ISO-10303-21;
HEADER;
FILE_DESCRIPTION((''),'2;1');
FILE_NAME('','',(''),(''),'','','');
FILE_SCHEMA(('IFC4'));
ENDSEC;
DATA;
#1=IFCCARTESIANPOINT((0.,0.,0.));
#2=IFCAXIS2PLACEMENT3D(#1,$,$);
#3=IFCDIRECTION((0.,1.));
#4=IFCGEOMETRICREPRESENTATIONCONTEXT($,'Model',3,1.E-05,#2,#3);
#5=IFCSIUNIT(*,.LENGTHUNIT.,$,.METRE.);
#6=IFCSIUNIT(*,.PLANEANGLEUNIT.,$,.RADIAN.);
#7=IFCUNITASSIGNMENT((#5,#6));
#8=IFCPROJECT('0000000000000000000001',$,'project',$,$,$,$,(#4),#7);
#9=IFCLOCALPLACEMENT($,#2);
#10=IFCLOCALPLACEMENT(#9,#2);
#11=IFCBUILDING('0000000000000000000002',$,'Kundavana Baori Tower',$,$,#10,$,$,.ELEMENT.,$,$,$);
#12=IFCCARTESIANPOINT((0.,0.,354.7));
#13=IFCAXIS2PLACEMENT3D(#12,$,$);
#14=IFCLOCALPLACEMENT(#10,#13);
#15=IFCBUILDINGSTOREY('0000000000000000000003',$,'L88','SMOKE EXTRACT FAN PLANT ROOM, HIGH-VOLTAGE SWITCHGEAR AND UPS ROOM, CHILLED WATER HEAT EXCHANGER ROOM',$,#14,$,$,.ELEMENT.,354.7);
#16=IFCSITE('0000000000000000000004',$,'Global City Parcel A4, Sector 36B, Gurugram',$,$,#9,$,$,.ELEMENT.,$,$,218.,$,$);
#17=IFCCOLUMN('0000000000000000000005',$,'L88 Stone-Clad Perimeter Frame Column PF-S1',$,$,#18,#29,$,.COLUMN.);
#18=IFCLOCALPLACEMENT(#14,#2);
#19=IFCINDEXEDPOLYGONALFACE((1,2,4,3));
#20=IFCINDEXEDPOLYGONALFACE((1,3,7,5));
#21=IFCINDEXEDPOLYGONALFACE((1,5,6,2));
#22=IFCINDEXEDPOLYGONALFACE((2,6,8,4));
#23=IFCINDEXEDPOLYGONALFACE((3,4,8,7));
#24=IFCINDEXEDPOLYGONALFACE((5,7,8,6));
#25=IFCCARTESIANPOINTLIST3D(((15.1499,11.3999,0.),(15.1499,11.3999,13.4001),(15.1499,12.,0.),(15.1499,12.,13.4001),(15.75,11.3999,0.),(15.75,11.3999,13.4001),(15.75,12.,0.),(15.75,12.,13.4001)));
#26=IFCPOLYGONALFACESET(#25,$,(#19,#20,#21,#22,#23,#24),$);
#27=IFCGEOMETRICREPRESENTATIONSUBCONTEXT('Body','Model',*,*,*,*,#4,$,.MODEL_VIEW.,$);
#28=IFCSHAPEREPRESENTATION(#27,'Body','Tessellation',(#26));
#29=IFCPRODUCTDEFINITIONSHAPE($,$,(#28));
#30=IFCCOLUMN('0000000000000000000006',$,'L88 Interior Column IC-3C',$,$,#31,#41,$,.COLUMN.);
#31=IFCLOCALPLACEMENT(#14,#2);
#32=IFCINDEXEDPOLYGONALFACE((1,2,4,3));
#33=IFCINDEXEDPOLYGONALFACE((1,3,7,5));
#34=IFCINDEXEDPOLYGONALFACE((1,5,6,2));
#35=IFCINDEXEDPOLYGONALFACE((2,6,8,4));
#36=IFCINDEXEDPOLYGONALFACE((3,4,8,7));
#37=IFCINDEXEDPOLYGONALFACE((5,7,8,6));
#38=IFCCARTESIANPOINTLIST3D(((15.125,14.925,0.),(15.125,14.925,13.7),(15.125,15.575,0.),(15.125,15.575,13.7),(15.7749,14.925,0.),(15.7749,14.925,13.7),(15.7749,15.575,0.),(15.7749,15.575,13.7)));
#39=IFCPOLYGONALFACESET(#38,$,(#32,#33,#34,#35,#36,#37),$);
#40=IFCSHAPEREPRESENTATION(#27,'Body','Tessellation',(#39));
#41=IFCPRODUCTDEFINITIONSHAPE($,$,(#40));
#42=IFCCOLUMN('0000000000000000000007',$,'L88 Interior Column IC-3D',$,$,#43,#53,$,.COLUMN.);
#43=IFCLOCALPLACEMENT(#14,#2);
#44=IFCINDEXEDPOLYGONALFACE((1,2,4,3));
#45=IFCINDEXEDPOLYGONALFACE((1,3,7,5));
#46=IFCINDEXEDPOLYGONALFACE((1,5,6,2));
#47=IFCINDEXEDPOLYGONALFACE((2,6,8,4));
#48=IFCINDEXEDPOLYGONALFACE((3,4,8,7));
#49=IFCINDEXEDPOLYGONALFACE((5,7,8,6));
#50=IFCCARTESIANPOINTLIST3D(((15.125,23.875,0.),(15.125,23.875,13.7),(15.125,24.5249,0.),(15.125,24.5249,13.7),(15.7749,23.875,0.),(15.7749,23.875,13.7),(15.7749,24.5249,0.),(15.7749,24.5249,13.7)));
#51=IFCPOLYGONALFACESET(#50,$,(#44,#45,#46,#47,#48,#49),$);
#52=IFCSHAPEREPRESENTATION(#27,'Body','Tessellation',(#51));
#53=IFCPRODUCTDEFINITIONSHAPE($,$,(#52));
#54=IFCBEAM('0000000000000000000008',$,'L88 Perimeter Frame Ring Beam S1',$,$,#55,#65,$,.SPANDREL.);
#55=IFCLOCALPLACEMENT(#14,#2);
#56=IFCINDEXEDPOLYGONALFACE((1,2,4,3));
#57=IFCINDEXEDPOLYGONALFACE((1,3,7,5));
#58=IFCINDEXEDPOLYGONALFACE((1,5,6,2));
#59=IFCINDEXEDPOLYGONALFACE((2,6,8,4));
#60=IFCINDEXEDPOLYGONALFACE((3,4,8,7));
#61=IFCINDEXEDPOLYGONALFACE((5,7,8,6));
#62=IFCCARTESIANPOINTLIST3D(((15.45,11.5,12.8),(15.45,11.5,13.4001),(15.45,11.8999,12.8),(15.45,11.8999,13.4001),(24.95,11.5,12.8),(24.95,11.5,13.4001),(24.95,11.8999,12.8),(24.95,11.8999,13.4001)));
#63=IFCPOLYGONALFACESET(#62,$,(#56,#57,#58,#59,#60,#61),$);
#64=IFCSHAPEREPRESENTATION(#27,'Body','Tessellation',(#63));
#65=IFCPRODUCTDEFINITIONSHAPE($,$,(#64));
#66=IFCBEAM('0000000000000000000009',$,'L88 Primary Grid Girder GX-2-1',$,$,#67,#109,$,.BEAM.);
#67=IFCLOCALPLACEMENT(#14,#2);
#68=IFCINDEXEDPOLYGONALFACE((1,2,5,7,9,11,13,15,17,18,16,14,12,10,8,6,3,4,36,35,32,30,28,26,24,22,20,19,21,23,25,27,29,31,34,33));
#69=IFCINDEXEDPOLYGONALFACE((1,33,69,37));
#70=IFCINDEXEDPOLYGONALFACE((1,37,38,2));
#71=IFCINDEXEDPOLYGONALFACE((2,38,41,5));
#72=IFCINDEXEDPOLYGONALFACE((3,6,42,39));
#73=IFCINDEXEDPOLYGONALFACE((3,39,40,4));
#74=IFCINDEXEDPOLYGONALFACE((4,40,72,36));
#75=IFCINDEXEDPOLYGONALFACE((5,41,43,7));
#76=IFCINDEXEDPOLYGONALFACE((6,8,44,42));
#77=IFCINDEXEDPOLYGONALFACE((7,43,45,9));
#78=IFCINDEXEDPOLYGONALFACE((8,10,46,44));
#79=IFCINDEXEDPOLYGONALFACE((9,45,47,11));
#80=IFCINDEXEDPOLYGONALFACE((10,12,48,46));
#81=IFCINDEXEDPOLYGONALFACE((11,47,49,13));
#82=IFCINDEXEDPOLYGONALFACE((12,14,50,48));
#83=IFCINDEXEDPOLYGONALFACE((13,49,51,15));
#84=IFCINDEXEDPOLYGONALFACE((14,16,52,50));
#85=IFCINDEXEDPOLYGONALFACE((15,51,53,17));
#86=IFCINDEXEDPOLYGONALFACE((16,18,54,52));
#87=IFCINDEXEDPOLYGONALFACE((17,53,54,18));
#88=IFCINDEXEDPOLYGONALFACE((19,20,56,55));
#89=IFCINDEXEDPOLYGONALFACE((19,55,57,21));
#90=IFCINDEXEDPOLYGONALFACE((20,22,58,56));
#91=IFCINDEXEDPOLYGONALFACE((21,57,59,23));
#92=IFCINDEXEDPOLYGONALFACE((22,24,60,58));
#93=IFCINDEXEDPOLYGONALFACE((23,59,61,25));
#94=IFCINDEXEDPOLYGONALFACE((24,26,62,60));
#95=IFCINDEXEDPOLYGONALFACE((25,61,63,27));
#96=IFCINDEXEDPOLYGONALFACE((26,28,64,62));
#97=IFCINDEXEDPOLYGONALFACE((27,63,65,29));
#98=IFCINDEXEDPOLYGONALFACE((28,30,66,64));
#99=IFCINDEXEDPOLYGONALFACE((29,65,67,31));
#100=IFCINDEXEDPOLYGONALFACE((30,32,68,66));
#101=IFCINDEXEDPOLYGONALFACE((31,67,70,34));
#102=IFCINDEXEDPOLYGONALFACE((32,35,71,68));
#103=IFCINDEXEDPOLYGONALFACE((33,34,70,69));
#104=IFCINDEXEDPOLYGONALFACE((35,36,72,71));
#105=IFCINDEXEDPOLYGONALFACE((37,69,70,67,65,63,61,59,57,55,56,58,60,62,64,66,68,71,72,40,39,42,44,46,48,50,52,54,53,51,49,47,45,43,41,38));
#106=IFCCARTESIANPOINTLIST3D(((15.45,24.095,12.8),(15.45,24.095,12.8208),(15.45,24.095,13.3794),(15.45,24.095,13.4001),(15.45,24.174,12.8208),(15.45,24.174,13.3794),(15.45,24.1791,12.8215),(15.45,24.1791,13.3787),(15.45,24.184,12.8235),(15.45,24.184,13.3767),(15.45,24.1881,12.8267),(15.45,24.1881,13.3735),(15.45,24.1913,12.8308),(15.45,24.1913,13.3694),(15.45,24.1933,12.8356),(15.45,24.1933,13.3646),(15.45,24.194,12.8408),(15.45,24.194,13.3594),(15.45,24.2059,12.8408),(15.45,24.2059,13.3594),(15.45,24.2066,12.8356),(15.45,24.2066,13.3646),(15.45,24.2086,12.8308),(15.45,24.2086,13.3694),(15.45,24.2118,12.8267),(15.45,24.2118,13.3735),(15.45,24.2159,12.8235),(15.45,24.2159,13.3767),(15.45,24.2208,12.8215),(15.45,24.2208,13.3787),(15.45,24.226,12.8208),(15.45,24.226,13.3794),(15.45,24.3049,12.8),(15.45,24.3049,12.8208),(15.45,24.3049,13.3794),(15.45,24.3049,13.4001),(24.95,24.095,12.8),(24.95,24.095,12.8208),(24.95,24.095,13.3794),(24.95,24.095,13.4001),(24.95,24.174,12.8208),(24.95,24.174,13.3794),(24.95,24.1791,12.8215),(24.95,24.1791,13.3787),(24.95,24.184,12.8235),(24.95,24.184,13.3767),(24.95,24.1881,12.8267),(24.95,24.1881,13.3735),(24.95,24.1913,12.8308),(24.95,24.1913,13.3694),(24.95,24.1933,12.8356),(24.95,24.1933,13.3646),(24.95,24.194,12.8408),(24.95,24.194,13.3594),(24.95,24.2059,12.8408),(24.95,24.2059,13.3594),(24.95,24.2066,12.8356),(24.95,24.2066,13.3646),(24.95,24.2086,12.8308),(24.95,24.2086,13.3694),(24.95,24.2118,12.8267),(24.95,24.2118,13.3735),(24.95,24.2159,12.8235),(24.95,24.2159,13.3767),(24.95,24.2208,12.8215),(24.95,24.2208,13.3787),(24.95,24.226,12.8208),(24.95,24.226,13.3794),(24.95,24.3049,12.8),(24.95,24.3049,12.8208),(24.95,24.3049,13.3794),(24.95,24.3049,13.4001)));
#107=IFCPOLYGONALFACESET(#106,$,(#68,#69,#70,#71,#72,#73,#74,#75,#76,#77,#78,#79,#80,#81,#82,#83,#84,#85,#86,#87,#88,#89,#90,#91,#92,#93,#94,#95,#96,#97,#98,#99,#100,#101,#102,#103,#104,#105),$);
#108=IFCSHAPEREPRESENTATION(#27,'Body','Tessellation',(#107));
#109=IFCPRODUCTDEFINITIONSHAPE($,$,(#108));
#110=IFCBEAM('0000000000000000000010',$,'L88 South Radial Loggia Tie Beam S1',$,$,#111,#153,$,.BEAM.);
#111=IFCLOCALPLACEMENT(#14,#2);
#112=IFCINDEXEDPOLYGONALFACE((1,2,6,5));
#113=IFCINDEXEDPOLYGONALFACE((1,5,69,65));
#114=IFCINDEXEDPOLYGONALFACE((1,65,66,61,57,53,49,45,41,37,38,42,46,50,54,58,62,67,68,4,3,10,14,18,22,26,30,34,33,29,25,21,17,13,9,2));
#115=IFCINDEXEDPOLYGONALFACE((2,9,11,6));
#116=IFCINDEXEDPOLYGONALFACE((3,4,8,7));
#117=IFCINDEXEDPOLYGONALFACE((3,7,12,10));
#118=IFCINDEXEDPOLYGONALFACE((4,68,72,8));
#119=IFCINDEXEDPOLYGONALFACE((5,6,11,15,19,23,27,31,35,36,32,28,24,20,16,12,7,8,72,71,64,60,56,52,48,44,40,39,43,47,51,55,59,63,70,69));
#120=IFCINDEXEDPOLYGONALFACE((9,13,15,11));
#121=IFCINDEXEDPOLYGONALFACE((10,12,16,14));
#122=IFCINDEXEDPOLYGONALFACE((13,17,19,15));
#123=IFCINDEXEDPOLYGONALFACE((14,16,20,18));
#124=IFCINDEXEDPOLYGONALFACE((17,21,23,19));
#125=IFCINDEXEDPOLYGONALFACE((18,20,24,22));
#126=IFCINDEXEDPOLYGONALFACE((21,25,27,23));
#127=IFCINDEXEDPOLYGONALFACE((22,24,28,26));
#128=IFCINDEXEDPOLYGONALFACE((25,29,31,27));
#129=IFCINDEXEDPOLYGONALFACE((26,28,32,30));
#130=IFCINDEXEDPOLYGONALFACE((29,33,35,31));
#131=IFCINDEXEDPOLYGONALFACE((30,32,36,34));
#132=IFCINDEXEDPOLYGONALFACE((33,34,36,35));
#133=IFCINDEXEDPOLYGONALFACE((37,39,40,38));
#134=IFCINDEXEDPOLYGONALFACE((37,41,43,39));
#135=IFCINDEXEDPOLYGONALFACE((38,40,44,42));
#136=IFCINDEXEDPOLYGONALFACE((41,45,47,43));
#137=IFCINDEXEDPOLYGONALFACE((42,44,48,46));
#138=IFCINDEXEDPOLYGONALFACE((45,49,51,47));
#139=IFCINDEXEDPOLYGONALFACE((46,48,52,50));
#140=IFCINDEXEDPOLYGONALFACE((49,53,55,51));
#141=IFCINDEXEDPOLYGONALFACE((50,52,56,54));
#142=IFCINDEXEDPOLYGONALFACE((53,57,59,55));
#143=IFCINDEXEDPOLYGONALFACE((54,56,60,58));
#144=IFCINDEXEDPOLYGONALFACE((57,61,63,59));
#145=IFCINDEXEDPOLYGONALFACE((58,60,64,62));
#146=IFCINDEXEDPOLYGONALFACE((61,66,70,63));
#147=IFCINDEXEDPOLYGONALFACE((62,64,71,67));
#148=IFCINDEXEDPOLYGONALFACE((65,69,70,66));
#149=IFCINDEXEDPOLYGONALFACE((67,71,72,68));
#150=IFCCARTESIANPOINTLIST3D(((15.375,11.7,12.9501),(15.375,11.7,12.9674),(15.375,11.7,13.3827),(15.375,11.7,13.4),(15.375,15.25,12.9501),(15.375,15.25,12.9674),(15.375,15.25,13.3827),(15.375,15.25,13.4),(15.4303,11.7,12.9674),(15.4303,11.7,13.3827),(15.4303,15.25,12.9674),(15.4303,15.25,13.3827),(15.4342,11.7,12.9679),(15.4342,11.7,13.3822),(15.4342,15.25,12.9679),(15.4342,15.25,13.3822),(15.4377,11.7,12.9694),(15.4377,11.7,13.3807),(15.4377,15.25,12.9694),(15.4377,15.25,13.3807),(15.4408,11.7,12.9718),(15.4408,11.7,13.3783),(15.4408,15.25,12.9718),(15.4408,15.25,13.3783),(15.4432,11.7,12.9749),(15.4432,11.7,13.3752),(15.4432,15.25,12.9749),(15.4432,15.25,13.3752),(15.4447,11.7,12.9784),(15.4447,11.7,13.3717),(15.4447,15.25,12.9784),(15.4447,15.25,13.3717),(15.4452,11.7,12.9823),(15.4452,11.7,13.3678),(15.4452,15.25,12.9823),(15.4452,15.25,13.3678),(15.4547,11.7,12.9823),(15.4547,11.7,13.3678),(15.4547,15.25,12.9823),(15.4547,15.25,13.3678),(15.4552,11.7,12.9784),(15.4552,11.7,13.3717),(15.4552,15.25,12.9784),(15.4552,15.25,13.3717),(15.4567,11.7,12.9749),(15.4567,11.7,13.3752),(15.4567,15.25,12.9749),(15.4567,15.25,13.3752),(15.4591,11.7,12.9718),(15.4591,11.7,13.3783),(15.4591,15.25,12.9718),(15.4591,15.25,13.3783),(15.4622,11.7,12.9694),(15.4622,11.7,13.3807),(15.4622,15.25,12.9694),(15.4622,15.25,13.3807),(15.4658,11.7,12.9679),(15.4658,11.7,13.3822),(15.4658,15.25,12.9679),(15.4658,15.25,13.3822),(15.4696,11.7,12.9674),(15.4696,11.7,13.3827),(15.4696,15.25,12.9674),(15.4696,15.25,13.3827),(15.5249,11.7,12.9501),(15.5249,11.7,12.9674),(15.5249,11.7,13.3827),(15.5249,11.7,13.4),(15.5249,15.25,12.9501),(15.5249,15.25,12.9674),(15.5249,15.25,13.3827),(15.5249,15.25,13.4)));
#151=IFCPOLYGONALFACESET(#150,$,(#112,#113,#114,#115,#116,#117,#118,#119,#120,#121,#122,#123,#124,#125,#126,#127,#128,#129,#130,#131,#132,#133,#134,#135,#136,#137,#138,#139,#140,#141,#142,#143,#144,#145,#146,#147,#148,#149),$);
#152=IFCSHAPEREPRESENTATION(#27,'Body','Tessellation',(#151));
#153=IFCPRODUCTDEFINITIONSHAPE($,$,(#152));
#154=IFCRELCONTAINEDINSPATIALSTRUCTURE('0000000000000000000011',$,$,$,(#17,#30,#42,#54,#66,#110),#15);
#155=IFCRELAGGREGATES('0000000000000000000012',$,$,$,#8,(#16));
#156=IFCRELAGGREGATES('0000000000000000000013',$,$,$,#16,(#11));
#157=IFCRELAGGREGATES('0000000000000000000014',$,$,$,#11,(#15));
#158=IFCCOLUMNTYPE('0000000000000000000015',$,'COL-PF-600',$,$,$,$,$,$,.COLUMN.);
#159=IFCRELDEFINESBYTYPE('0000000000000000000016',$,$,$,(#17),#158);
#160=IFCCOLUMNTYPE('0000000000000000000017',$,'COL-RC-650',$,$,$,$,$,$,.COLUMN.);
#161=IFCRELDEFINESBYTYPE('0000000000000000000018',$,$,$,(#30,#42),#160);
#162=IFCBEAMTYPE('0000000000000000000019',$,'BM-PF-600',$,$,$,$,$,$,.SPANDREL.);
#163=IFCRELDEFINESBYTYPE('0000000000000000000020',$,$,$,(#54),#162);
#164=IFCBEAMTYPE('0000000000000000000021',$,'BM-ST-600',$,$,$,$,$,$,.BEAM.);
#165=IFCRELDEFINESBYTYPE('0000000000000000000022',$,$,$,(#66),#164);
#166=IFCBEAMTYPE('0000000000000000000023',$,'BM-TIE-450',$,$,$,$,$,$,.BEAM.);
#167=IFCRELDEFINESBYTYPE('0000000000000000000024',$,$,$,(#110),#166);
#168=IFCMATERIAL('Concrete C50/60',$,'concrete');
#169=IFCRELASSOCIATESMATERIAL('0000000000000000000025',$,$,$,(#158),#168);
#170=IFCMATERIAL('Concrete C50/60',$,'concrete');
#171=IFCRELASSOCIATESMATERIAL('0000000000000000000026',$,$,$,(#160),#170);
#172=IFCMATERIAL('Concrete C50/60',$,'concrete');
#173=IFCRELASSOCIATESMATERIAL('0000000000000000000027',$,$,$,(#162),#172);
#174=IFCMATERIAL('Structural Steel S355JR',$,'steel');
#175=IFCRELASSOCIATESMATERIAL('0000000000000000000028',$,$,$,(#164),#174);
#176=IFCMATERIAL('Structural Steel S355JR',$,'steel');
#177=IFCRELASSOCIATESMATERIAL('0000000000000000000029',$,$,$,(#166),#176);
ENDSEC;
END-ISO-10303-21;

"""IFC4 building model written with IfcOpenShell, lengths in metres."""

from ifc_helpers import new_model, si_unit, direction, frame, origin, origin_2d, place, context, subcontext, project, spatial, rectangle, i_section, extrude, material, material_profile, profile_set, type_object, element, save


model = new_model("IFC4")

# Units and contexts
model_context = context("Model", 3, precision=1e-05, world=origin(), true_north=direction((0.0, 1.0)))
body_context = subcontext(model_context, "Body", "Model", "MODEL_VIEW")
ifc_project = project(units=[si_unit("LENGTHUNIT", "METRE"), si_unit("PLANEANGLEUNIT", "RADIAN")], contexts=[model_context])

# Site, building, storey
site_placement = place(None, origin())
site = spatial("IfcSite", under=ifc_project, at=site_placement, Name="Global City Parcel A4, Sector 36B, Gurugram", CompositionType="ELEMENT", RefElevation=218.0)
building_placement = place(site_placement, origin())
building = spatial("IfcBuilding", under=site, at=building_placement, Name="Kundavana Baori Tower", CompositionType="ELEMENT")
storey_placement = place(building_placement, frame((0.0, 0.0, 354.7)))
storey = spatial("IfcBuildingStorey", under=building, at=storey_placement, Name="L88", Description="SMOKE EXTRACT FAN PLANT ROOM, HIGH-VOLTAGE SWITCHGEAR AND UPS ROOM, CHILLED WATER HEAT EXCHANGER ROOM", CompositionType="ELEMENT", Elevation=354.7)

# Columns
ifc_material_1 = material(Name="Concrete C50/60", Category="concrete")
ifc_material_profile_1 = material_profile(ifc_material_1, rectangle(XDim=0.6001, YDim=0.6001, at=origin_2d()), Name="RC PF 600x600")
ifc_profile_set_1 = profile_set([ifc_material_profile_1], Name="Concrete C50/60")
column_type_1 = type_object("IfcColumnType", Name="COL-PF-600", PredefinedType="COLUMN", material=ifc_profile_set_1)
column_placement = place(storey_placement, frame((15.45, 11.7, 0.0), z_axis=(0.0, 0.0, 1.0), x_axis=(1.0, 0.0, 0.0)))
element("IfcColumn", 1, at=column_placement, inside=storey, type_object=column_type_1, Name="L88 Stone-Clad Perimeter Frame Column PF-S1", PredefinedType="COLUMN", context=body_context, shape_type="SweptSolid", body=[
    extrude(rectangle(XDim=0.6001, YDim=0.6001, at=origin_2d()), origin(), (0.0, 0.0, 1.0), 13.4001),
])
ifc_material_2 = material(Name="Concrete C50/60", Category="concrete")
ifc_material_profile_2 = material_profile(ifc_material_2, rectangle(XDim=0.6499, YDim=0.6499, at=origin_2d()), Name="RC 650x650")
ifc_profile_set_2 = profile_set([ifc_material_profile_2], Name="Concrete C50/60")
column_type_2 = type_object("IfcColumnType", Name="COL-RC-650", PredefinedType="COLUMN", material=ifc_profile_set_2)
for number, where, z_axis, x_axis, name in (
    (2, (15.45, 15.25, 0.0), (0.0, 0.0, 1.0), (1.0, 0.0, 0.0), "L88 Interior Column IC-3C"),
    (3, (15.45, 24.2, 0.0), (0.0, 0.0, 1.0), (1.0, 0.0, 0.0), "L88 Interior Column IC-3D"),
):
    element("IfcColumn", number, at=place(storey_placement, frame(where, z_axis=z_axis, x_axis=x_axis)), inside=storey, type_object=column_type_2, Name=name, PredefinedType="COLUMN", context=body_context, shape_type="SweptSolid", body=[
        extrude(rectangle(XDim=0.6499, YDim=0.6499, at=origin_2d()), origin(), (0.0, 0.0, 1.0), 13.7),
    ])

# Beams
ifc_material_3 = material(Name="Concrete C50/60", Category="concrete")
ifc_material_profile_3 = material_profile(ifc_material_3, rectangle(XDim=0.3999, YDim=0.6001, at=origin_2d()), Name="RC BM 400x600")
ifc_profile_set_3 = profile_set([ifc_material_profile_3], Name="Concrete C50/60")
beam_type_1 = type_object("IfcBeamType", Name="BM-PF-600", PredefinedType="SPANDREL", material=ifc_profile_set_3)
beam_1_placement = place(storey_placement, frame((15.45, 11.7, 13.1001), z_axis=(1.0, 0.0, 0.0), x_axis=(0.0, 1.0, 0.0)))
element("IfcBeam", 4, at=beam_1_placement, inside=storey, type_object=beam_type_1, Name="L88 Perimeter Frame Ring Beam S1", PredefinedType="SPANDREL", context=body_context, shape_type="SweptSolid", body=[
    extrude(rectangle(XDim=0.3999, YDim=0.6001, at=origin_2d()), origin(), (0.0, 0.0, 1.0), 9.5),
])
ifc_material_4 = material(Name="Structural Steel S355JR", Category="steel")
ifc_material_profile_4 = material_profile(ifc_material_4, i_section(OverallWidth=0.21, OverallDepth=0.6001, WebThickness=0.012, FlangeThickness=0.0208, FilletRadius=0.02, at=origin_2d()), Name="ISMB 600")
ifc_profile_set_4 = profile_set([ifc_material_profile_4], Name="Structural Steel S355JR")
beam_type_2 = type_object("IfcBeamType", Name="BM-ST-600", PredefinedType="BEAM", material=ifc_profile_set_4)
beam_2_placement = place(storey_placement, frame((15.45, 24.2, 13.1001), z_axis=(1.0, 0.0, 0.0), x_axis=(0.0, 1.0, 0.0)))
element("IfcBeam", 5, at=beam_2_placement, inside=storey, type_object=beam_type_2, Name="L88 Primary Grid Girder GX-2-1", PredefinedType="BEAM", context=body_context, shape_type="SweptSolid", body=[
    extrude(i_section(OverallWidth=0.21, OverallDepth=0.6001, WebThickness=0.012, FlangeThickness=0.0208, FilletRadius=0.02, at=origin_2d()), origin(), (0.0, 0.0, 1.0), 9.5),
])
ifc_material_5 = material(Name="Structural Steel S355JR", Category="steel")
ifc_material_profile_5 = material_profile(ifc_material_5, i_section(OverallWidth=0.1499, OverallDepth=0.45, WebThickness=0.0095, FlangeThickness=0.0173, FilletRadius=0.0149, at=origin_2d()), Name="ISMB 450")
ifc_profile_set_5 = profile_set([ifc_material_profile_5], Name="Structural Steel S355JR")
beam_type_3 = type_object("IfcBeamType", Name="BM-TIE-450", PredefinedType="BEAM", material=ifc_profile_set_5)
beam_3_placement = place(storey_placement, frame((15.45, 15.25, 13.175), z_axis=(0.0, -1.0, 0.0), x_axis=(1.0, 0.0, 0.0)))
element("IfcBeam", 6, at=beam_3_placement, inside=storey, type_object=beam_type_3, Name="L88 South Radial Loggia Tie Beam S1", PredefinedType="BEAM", context=body_context, shape_type="SweptSolid", body=[
    extrude(i_section(OverallWidth=0.1499, OverallDepth=0.45, WebThickness=0.0095, FlangeThickness=0.0173, FilletRadius=0.0149, at=origin_2d()), origin(), (0.0, 0.0, 1.0), 3.55),
])

save(model, "model.ifc")
